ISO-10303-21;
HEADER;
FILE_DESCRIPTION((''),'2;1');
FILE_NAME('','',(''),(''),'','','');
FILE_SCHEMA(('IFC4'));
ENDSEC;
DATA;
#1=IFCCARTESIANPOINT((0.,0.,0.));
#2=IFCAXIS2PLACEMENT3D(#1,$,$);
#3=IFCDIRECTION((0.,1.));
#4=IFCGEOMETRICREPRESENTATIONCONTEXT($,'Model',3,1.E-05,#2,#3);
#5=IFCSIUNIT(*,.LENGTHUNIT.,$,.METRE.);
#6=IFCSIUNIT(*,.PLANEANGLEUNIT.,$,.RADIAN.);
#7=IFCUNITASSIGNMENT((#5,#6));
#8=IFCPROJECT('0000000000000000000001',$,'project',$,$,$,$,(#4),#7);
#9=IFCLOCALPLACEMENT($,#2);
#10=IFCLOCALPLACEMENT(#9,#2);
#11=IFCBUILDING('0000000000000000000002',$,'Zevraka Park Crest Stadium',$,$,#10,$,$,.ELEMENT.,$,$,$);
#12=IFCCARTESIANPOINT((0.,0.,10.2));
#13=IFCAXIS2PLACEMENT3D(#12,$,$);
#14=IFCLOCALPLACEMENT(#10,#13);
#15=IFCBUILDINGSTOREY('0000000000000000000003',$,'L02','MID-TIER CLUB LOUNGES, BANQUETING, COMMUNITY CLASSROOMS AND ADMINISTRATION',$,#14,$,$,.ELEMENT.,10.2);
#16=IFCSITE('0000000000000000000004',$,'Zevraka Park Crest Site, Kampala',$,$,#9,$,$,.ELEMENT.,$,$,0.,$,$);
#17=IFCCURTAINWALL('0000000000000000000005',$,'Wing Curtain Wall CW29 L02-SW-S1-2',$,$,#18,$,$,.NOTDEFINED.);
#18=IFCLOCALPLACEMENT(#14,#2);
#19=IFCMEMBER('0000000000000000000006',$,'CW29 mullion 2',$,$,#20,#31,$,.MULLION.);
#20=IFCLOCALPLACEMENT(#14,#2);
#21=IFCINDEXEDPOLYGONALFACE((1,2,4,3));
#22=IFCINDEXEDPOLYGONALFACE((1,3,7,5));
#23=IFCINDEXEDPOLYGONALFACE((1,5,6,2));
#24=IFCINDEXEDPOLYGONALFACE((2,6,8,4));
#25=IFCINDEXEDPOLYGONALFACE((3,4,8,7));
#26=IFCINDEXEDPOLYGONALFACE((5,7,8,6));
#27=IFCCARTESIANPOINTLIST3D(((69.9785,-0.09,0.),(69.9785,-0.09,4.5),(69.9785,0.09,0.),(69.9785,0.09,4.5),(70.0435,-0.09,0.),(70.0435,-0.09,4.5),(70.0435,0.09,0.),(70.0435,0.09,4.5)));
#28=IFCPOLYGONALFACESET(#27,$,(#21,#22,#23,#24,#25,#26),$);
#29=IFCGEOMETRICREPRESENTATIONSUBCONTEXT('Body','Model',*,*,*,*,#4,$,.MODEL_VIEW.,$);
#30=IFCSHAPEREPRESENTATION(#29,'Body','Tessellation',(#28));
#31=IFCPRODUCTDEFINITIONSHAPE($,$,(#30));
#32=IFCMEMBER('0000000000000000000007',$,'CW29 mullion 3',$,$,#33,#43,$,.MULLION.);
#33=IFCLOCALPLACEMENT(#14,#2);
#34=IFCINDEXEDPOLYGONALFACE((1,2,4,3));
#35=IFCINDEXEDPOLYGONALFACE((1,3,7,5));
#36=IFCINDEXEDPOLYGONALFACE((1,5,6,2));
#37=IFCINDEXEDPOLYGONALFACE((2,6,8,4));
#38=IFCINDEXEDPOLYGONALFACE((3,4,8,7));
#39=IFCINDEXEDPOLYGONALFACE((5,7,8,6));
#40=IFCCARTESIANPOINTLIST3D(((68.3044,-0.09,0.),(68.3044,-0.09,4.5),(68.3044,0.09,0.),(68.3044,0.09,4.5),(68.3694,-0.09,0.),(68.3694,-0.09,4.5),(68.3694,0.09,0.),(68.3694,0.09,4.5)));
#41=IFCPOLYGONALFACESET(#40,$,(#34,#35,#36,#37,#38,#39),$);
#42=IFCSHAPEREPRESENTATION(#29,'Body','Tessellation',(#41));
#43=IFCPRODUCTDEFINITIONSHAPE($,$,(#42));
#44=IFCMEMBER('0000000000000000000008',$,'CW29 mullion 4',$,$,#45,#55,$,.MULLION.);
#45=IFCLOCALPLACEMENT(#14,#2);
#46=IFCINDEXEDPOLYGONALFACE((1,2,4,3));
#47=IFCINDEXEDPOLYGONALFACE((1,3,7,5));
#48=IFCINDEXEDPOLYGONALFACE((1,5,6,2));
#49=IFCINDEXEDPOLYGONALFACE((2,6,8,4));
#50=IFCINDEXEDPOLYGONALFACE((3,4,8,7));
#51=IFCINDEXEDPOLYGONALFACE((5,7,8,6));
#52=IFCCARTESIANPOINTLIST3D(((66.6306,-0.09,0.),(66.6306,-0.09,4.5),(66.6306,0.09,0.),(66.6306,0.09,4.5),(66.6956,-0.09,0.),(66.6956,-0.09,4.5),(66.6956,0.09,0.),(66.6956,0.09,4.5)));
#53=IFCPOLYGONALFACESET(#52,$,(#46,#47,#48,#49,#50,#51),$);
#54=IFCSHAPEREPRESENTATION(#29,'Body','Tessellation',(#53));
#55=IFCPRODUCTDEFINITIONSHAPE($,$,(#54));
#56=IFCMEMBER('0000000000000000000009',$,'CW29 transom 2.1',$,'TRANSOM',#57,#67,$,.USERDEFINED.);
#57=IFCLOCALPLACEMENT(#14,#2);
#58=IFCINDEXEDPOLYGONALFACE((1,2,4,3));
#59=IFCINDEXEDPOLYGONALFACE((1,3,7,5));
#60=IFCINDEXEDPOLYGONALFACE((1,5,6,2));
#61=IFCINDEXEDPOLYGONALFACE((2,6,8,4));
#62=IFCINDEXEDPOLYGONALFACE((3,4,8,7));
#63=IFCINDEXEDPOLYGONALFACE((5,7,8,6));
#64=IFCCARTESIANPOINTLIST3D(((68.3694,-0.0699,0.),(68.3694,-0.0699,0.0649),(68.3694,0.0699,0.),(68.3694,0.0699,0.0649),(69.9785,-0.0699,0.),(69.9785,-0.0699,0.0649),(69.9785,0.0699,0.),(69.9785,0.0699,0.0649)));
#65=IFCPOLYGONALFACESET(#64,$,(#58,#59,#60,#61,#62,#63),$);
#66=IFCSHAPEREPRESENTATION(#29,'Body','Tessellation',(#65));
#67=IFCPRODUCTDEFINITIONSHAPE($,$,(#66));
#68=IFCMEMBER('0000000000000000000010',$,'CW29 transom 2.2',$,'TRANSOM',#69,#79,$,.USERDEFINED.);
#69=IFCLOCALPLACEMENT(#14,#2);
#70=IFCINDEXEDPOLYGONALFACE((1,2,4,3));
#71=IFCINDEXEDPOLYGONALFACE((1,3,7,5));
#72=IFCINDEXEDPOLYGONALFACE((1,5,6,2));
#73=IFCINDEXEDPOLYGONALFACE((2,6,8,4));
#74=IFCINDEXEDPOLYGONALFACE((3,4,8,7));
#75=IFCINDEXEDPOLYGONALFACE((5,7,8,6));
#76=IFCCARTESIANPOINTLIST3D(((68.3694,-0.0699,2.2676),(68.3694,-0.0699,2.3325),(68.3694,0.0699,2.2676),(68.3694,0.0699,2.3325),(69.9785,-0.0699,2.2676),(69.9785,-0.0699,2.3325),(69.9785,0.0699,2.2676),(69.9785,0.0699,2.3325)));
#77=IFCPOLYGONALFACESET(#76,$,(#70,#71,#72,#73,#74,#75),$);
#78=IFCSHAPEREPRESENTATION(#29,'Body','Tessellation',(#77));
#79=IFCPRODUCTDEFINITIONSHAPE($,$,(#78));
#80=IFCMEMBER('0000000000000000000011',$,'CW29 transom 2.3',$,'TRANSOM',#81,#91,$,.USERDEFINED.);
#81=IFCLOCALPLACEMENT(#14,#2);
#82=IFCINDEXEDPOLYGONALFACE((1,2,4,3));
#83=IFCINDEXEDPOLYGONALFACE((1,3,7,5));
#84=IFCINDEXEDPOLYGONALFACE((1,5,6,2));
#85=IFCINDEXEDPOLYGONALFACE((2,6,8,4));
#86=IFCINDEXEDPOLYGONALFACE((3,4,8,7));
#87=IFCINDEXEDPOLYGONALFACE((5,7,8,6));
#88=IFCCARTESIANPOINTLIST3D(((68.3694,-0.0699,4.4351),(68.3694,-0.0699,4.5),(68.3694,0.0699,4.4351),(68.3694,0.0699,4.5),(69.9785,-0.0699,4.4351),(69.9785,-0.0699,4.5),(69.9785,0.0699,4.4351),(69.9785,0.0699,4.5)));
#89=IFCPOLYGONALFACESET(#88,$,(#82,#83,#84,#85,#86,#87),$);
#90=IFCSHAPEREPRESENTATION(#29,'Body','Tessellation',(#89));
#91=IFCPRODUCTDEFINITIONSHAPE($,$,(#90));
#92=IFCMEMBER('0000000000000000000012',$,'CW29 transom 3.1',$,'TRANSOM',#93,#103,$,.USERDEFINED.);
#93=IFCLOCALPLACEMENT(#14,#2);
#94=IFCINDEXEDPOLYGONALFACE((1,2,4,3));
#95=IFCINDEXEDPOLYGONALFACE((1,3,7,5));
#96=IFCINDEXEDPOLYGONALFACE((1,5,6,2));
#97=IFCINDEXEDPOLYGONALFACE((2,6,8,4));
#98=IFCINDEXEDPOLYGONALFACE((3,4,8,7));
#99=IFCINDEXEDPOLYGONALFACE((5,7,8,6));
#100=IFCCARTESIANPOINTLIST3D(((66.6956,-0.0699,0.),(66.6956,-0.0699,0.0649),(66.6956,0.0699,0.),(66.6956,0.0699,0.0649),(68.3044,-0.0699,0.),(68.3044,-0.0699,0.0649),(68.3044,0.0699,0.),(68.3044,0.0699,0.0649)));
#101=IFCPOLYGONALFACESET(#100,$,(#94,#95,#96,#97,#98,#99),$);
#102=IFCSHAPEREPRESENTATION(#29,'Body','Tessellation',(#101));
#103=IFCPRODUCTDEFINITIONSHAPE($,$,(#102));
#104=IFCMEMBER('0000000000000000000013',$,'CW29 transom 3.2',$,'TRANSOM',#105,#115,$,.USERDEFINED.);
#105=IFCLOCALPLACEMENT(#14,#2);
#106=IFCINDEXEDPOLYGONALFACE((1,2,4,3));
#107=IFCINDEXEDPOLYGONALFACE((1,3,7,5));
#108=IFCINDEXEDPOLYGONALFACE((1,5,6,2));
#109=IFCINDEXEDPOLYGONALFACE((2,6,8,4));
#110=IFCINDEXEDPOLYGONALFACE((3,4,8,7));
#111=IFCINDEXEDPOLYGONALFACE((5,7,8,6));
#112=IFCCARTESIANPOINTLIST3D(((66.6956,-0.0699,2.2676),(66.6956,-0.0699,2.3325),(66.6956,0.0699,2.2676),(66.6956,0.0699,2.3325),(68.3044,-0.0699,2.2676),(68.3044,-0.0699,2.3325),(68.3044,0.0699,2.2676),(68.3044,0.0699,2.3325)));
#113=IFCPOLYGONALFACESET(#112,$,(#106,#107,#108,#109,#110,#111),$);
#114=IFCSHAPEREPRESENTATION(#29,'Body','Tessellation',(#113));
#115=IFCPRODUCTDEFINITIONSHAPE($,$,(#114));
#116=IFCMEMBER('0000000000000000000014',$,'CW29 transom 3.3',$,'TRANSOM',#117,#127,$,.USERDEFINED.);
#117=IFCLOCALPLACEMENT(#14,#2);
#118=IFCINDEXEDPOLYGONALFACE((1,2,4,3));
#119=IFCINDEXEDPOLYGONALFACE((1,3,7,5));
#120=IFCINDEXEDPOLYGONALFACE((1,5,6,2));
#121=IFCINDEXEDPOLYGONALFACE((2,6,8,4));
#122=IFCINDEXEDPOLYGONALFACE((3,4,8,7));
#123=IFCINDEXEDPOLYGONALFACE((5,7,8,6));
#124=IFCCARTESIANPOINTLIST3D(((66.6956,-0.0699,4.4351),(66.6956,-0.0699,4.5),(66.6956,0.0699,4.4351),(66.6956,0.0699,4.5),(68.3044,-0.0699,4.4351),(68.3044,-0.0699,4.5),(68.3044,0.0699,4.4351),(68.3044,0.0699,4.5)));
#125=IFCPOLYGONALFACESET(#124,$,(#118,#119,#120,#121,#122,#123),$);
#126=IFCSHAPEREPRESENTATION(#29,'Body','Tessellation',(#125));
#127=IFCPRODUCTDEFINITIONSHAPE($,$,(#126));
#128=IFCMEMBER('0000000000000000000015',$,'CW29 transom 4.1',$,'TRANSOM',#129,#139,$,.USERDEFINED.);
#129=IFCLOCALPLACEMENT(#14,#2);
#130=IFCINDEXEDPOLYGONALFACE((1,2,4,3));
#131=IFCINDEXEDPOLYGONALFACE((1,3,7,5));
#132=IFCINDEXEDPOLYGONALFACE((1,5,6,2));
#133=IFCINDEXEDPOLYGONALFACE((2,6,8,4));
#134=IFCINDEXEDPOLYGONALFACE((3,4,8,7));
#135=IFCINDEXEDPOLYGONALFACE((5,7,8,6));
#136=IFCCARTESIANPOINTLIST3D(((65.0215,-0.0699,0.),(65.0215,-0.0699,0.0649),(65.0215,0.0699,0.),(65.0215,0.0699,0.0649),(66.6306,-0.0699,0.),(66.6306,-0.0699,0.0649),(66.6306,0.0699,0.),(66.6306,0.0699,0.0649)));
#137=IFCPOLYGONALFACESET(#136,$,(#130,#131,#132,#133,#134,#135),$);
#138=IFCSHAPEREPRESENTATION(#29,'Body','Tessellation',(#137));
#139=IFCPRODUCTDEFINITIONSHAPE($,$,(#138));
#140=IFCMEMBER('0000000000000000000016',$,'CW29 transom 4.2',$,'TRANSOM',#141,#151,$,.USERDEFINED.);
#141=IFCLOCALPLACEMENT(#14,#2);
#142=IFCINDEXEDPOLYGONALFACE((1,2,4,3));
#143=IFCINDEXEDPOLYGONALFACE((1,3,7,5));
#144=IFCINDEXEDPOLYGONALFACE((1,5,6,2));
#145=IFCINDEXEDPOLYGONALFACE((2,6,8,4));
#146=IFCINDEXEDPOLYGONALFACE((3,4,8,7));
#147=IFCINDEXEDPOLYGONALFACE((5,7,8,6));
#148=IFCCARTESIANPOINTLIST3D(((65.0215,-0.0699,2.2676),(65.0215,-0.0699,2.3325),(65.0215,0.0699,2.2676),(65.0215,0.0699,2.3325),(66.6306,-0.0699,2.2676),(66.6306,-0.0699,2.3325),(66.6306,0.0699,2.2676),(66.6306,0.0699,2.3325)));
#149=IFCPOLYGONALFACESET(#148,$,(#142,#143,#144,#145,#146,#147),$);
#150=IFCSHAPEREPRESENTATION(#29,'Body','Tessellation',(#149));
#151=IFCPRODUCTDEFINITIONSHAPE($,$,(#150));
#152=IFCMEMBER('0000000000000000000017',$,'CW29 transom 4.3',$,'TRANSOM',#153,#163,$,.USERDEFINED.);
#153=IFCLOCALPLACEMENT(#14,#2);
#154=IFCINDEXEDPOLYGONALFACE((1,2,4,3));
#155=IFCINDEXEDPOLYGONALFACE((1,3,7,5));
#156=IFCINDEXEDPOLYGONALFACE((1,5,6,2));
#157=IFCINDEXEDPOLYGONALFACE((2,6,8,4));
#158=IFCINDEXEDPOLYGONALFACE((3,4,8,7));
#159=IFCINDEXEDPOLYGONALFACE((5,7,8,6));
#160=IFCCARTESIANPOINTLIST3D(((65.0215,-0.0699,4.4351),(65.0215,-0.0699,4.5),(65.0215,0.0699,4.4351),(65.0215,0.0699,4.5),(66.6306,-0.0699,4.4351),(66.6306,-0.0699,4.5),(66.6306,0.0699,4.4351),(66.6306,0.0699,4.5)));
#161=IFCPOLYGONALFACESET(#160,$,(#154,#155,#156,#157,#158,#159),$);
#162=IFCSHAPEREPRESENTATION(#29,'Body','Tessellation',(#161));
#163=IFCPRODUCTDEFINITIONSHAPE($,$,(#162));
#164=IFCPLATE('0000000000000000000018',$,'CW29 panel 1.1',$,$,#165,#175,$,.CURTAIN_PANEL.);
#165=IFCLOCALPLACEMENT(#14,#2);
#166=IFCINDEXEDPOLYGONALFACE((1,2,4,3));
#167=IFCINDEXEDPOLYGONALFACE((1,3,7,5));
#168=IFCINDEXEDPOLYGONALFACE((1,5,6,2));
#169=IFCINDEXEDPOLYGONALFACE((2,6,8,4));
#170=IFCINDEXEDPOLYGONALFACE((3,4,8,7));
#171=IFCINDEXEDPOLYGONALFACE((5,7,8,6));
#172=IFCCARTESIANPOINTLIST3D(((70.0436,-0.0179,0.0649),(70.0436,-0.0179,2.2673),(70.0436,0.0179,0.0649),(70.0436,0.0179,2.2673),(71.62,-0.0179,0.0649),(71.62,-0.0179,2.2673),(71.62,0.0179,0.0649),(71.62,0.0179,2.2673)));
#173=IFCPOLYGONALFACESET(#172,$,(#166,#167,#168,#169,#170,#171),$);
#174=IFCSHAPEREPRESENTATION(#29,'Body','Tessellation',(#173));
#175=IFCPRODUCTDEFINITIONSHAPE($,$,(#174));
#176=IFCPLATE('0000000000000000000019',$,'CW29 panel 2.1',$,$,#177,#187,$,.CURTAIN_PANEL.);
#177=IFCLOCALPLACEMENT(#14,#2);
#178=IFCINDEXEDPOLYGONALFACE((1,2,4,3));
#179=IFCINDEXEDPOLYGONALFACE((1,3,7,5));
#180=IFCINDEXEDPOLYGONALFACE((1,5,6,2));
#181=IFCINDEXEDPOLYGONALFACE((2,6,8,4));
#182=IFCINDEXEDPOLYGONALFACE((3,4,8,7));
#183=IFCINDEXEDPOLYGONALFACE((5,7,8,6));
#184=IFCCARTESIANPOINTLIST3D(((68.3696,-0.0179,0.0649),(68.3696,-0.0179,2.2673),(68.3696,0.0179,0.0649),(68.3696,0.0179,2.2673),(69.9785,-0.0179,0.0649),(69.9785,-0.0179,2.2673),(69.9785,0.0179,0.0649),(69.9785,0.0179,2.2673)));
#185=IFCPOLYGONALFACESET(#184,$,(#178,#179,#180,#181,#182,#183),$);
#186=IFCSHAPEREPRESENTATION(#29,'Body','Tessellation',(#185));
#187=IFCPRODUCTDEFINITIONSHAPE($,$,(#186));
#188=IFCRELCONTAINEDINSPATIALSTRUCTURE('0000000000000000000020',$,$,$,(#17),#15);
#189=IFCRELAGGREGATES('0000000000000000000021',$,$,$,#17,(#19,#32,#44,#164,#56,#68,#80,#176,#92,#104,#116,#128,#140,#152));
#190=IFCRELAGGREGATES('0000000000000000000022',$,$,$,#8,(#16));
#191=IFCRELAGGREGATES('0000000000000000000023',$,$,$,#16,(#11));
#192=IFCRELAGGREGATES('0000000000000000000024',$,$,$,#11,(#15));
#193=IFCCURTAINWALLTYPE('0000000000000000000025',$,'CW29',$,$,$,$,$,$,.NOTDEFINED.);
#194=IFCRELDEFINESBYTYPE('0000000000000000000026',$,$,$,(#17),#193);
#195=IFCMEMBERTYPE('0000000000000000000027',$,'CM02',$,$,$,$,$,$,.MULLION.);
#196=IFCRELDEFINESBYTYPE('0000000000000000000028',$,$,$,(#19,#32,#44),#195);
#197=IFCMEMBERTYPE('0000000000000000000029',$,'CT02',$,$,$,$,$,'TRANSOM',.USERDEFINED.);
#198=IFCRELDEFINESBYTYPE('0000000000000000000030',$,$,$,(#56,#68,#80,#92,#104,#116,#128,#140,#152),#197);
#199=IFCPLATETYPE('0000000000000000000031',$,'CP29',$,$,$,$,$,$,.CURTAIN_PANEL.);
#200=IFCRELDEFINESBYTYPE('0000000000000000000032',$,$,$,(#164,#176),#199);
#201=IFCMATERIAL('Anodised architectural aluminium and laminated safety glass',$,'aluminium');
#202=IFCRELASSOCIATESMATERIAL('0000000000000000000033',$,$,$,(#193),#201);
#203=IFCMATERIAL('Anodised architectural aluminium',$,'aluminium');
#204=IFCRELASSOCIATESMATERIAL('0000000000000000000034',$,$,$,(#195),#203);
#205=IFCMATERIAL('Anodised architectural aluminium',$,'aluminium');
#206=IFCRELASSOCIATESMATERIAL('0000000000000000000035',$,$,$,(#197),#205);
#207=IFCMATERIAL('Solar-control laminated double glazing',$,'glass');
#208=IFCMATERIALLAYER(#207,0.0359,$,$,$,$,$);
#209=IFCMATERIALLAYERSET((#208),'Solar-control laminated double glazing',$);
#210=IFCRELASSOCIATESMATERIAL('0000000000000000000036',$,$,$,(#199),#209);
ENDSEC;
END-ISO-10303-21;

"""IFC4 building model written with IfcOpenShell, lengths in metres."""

from ifc_helpers import new_model, si_unit, direction, frame, origin, origin_2d, place, context, subcontext, project, spatial, rectangle, extrude, material, layer, layer_set, material_profile, profile_set, type_object, element, aggregate, save


model = new_model("IFC4")

# Units and contexts
model_context = context("Model", 3, precision=1e-05, world=origin(), true_north=direction((0.0, 1.0)))
body_context = subcontext(model_context, "Body", "Model", "MODEL_VIEW")
ifc_project = project(units=[si_unit("LENGTHUNIT", "METRE"), si_unit("PLANEANGLEUNIT", "RADIAN")], contexts=[model_context])

# Site, building, storey
site_placement = place(None, origin())
site = spatial("IfcSite", under=ifc_project, at=site_placement, Name="Zevraka Park Crest Site, Kampala", CompositionType="ELEMENT", RefElevation=0.0)
building_placement = place(site_placement, origin())
building = spatial("IfcBuilding", under=site, at=building_placement, Name="Zevraka Park Crest Stadium", CompositionType="ELEMENT")
storey_placement = place(building_placement, frame((0.0, 0.0, 10.2)))
storey = spatial("IfcBuildingStorey", under=building, at=storey_placement, Name="L02", Description="MID-TIER CLUB LOUNGES, BANQUETING, COMMUNITY CLASSROOMS AND ADMINISTRATION", CompositionType="ELEMENT", Elevation=10.2)

# Curtain wall, members, plates
ifc_material_1 = material(Name="Anodised architectural aluminium and laminated safety glass", Category="aluminium")
curtain_wall_type = type_object("IfcCurtainWallType", Name="CW29", PredefinedType="NOTDEFINED", material=ifc_material_1)
curtain_wall_placement = place(storey_placement, origin())
curtain_wall = element("IfcCurtainWall", 1, at=curtain_wall_placement, inside=storey, type_object=curtain_wall_type, Name="Wing Curtain Wall CW29 L02-SW-S1-2", PredefinedType="NOTDEFINED")
ifc_material_2 = material(Name="Anodised architectural aluminium", Category="aluminium")
ifc_material_profile_1 = material_profile(ifc_material_2, rectangle(XDim=0.1799, YDim=0.0649, at=origin_2d()), Name="ALU MULLION 180x65")
ifc_profile_set_1 = profile_set([ifc_material_profile_1], Name="Anodised architectural aluminium")
member_type_1 = type_object("IfcMemberType", Name="CM02", PredefinedType="MULLION", material=ifc_profile_set_1)
member_1_placement = place(storey_placement, frame((70.011, 0.0, 0.0), z_axis=(0.0, 0.0, 1.0), x_axis=(0.0, -1.0, 0.0)))
member_1 = element("IfcMember", 2, at=member_1_placement, type_object=member_type_1, Name="CW29 mullion 2", PredefinedType="MULLION", context=body_context, shape_type="SweptSolid", body=[
    extrude(rectangle(XDim=0.1799, YDim=0.0649, at=origin_2d()), origin(), (0.0, 0.0, 1.0), 4.5),
])
member_2_placement = place(storey_placement, frame((68.3369, 0.0, 0.0), z_axis=(0.0, 0.0, 1.0), x_axis=(0.0, -1.0, 0.0)))
member_2 = element("IfcMember", 3, at=member_2_placement, type_object=member_type_1, Name="CW29 mullion 3", PredefinedType="MULLION", context=body_context, shape_type="SweptSolid", body=[
    extrude(rectangle(XDim=0.1799, YDim=0.0649, at=origin_2d()), origin(), (0.0, 0.0, 1.0), 4.5),
])
member_3_placement = place(storey_placement, frame((66.6631, 0.0, 0.0), z_axis=(0.0, 0.0, 1.0), x_axis=(0.0, -1.0, 0.0)))
member_3 = element("IfcMember", 4, at=member_3_placement, type_object=member_type_1, Name="CW29 mullion 4", PredefinedType="MULLION", context=body_context, shape_type="SweptSolid", body=[
    extrude(rectangle(XDim=0.1799, YDim=0.0649, at=origin_2d()), origin(), (0.0, 0.0, 1.0), 4.5),
])
ifc_material_3 = material(Name="Anodised architectural aluminium", Category="aluminium")
ifc_material_profile_2 = material_profile(ifc_material_3, rectangle(XDim=0.1399, YDim=0.0649, at=origin_2d()), Name="ALU TRANSOM 140x65")
ifc_profile_set_2 = profile_set([ifc_material_profile_2], Name="Anodised architectural aluminium")
member_type_2 = type_object("IfcMemberType", Name="CT02", ElementType="TRANSOM", PredefinedType="USERDEFINED", material=ifc_profile_set_2)
member_4_placement = place(storey_placement, frame((69.9785, 0.0, 0.0325), z_axis=(-1.0, 0.0, 0.0), x_axis=(0.0, -1.0, 0.0)))
member_4 = element("IfcMember", 5, at=member_4_placement, type_object=member_type_2, Name="CW29 transom 2.1", ObjectType="TRANSOM", PredefinedType="USERDEFINED", context=body_context, shape_type="SweptSolid", body=[
    extrude(rectangle(XDim=0.1399, YDim=0.0649, at=origin_2d()), origin(), (0.0, 0.0, 1.0), 1.6091),
])
member_5_placement = place(storey_placement, frame((69.9785, 0.0, 2.3), z_axis=(-1.0, 0.0, 0.0), x_axis=(0.0, -1.0, 0.0)))
member_5 = element("IfcMember", 6, at=member_5_placement, type_object=member_type_2, Name="CW29 transom 2.2", ObjectType="TRANSOM", PredefinedType="USERDEFINED", context=body_context, shape_type="SweptSolid", body=[
    extrude(rectangle(XDim=0.1399, YDim=0.0649, at=origin_2d()), origin(), (0.0, 0.0, 1.0), 1.6091),
])
member_6_placement = place(storey_placement, frame((69.9785, 0.0, 4.4675), z_axis=(-1.0, 0.0, 0.0), x_axis=(0.0, -1.0, 0.0)))
member_6 = element("IfcMember", 7, at=member_6_placement, type_object=member_type_2, Name="CW29 transom 2.3", ObjectType="TRANSOM", PredefinedType="USERDEFINED", context=body_context, shape_type="SweptSolid", body=[
    extrude(rectangle(XDim=0.1399, YDim=0.0649, at=origin_2d()), origin(), (0.0, 0.0, 1.0), 1.6091),
])
member_7_placement = place(storey_placement, frame((68.3044, 0.0, 0.0325), z_axis=(-1.0, 0.0, 0.0), x_axis=(0.0, -1.0, 0.0)))
member_7 = element("IfcMember", 8, at=member_7_placement, type_object=member_type_2, Name="CW29 transom 3.1", ObjectType="TRANSOM", PredefinedType="USERDEFINED", context=body_context, shape_type="SweptSolid", body=[
    extrude(rectangle(XDim=0.1399, YDim=0.0649, at=origin_2d()), origin(), (0.0, 0.0, 1.0), 1.6089),
])
member_8_placement = place(storey_placement, frame((68.3044, 0.0, 2.3), z_axis=(-1.0, 0.0, 0.0), x_axis=(0.0, -1.0, 0.0)))
member_8 = element("IfcMember", 9, at=member_8_placement, type_object=member_type_2, Name="CW29 transom 3.2", ObjectType="TRANSOM", PredefinedType="USERDEFINED", context=body_context, shape_type="SweptSolid", body=[
    extrude(rectangle(XDim=0.1399, YDim=0.0649, at=origin_2d()), origin(), (0.0, 0.0, 1.0), 1.6089),
])
member_9_placement = place(storey_placement, frame((68.3044, 0.0, 4.4675), z_axis=(-1.0, 0.0, 0.0), x_axis=(0.0, -1.0, 0.0)))
member_9 = element("IfcMember", 10, at=member_9_placement, type_object=member_type_2, Name="CW29 transom 3.3", ObjectType="TRANSOM", PredefinedType="USERDEFINED", context=body_context, shape_type="SweptSolid", body=[
    extrude(rectangle(XDim=0.1399, YDim=0.0649, at=origin_2d()), origin(), (0.0, 0.0, 1.0), 1.6089),
])
member_10_placement = place(storey_placement, frame((66.6306, 0.0, 0.0325), z_axis=(-1.0, 0.0, 0.0), x_axis=(0.0, -1.0, 0.0)))
member_10 = element("IfcMember", 11, at=member_10_placement, type_object=member_type_2, Name="CW29 transom 4.1", ObjectType="TRANSOM", PredefinedType="USERDEFINED", context=body_context, shape_type="SweptSolid", body=[
    extrude(rectangle(XDim=0.1399, YDim=0.0649, at=origin_2d()), origin(), (0.0, 0.0, 1.0), 1.6091),
])
member_11_placement = place(storey_placement, frame((66.6306, 0.0, 2.3), z_axis=(-1.0, 0.0, 0.0), x_axis=(0.0, -1.0, 0.0)))
member_11 = element("IfcMember", 12, at=member_11_placement, type_object=member_type_2, Name="CW29 transom 4.2", ObjectType="TRANSOM", PredefinedType="USERDEFINED", context=body_context, shape_type="SweptSolid", body=[
    extrude(rectangle(XDim=0.1399, YDim=0.0649, at=origin_2d()), origin(), (0.0, 0.0, 1.0), 1.6091),
])
member_12_placement = place(storey_placement, frame((66.6306, 0.0, 4.4675), z_axis=(-1.0, 0.0, 0.0), x_axis=(0.0, -1.0, 0.0)))
member_12 = element("IfcMember", 13, at=member_12_placement, type_object=member_type_2, Name="CW29 transom 4.3", ObjectType="TRANSOM", PredefinedType="USERDEFINED", context=body_context, shape_type="SweptSolid", body=[
    extrude(rectangle(XDim=0.1399, YDim=0.0649, at=origin_2d()), origin(), (0.0, 0.0, 1.0), 1.6091),
])
ifc_material_4 = material(Name="Solar-control laminated double glazing", Category="glass")
ifc_layer_1 = layer(ifc_material_4, 0.0359)
ifc_layer_set_1 = layer_set([ifc_layer_1], Name="Solar-control laminated double glazing")
plate_type = type_object("IfcPlateType", Name="CP29", PredefinedType="CURTAIN_PANEL", material=ifc_layer_set_1)
plate_1_placement = place(storey_placement, frame((70.8318, 0.0, 0.0649), z_axis=(0.0, 0.0, 1.0), x_axis=(-1.0, 0.0, 0.0)))
plate_1 = element("IfcPlate", 14, at=plate_1_placement, type_object=plate_type, Name="CW29 panel 1.1", PredefinedType="CURTAIN_PANEL", context=body_context, shape_type="SweptSolid", body=[
    extrude(rectangle(XDim=1.5764, YDim=0.0359, at=origin_2d()), origin(), (0.0, 0.0, 1.0), 2.2024),
])
plate_2_placement = place(storey_placement, frame((69.1741, 0.0, 0.0649), z_axis=(0.0, 0.0, 1.0), x_axis=(-1.0, 0.0, 0.0)))
plate_2 = element("IfcPlate", 15, at=plate_2_placement, type_object=plate_type, Name="CW29 panel 2.1", PredefinedType="CURTAIN_PANEL", context=body_context, shape_type="SweptSolid", body=[
    extrude(rectangle(XDim=1.6089, YDim=0.0359, at=origin_2d()), origin(), (0.0, 0.0, 1.0), 2.2024),
])
aggregate(curtain_wall, [member_1, member_2, member_3, plate_1, member_4, member_5, member_6, plate_2, member_7, member_8, member_9, member_10, member_11, member_12])

save(model, "model.ifc")
